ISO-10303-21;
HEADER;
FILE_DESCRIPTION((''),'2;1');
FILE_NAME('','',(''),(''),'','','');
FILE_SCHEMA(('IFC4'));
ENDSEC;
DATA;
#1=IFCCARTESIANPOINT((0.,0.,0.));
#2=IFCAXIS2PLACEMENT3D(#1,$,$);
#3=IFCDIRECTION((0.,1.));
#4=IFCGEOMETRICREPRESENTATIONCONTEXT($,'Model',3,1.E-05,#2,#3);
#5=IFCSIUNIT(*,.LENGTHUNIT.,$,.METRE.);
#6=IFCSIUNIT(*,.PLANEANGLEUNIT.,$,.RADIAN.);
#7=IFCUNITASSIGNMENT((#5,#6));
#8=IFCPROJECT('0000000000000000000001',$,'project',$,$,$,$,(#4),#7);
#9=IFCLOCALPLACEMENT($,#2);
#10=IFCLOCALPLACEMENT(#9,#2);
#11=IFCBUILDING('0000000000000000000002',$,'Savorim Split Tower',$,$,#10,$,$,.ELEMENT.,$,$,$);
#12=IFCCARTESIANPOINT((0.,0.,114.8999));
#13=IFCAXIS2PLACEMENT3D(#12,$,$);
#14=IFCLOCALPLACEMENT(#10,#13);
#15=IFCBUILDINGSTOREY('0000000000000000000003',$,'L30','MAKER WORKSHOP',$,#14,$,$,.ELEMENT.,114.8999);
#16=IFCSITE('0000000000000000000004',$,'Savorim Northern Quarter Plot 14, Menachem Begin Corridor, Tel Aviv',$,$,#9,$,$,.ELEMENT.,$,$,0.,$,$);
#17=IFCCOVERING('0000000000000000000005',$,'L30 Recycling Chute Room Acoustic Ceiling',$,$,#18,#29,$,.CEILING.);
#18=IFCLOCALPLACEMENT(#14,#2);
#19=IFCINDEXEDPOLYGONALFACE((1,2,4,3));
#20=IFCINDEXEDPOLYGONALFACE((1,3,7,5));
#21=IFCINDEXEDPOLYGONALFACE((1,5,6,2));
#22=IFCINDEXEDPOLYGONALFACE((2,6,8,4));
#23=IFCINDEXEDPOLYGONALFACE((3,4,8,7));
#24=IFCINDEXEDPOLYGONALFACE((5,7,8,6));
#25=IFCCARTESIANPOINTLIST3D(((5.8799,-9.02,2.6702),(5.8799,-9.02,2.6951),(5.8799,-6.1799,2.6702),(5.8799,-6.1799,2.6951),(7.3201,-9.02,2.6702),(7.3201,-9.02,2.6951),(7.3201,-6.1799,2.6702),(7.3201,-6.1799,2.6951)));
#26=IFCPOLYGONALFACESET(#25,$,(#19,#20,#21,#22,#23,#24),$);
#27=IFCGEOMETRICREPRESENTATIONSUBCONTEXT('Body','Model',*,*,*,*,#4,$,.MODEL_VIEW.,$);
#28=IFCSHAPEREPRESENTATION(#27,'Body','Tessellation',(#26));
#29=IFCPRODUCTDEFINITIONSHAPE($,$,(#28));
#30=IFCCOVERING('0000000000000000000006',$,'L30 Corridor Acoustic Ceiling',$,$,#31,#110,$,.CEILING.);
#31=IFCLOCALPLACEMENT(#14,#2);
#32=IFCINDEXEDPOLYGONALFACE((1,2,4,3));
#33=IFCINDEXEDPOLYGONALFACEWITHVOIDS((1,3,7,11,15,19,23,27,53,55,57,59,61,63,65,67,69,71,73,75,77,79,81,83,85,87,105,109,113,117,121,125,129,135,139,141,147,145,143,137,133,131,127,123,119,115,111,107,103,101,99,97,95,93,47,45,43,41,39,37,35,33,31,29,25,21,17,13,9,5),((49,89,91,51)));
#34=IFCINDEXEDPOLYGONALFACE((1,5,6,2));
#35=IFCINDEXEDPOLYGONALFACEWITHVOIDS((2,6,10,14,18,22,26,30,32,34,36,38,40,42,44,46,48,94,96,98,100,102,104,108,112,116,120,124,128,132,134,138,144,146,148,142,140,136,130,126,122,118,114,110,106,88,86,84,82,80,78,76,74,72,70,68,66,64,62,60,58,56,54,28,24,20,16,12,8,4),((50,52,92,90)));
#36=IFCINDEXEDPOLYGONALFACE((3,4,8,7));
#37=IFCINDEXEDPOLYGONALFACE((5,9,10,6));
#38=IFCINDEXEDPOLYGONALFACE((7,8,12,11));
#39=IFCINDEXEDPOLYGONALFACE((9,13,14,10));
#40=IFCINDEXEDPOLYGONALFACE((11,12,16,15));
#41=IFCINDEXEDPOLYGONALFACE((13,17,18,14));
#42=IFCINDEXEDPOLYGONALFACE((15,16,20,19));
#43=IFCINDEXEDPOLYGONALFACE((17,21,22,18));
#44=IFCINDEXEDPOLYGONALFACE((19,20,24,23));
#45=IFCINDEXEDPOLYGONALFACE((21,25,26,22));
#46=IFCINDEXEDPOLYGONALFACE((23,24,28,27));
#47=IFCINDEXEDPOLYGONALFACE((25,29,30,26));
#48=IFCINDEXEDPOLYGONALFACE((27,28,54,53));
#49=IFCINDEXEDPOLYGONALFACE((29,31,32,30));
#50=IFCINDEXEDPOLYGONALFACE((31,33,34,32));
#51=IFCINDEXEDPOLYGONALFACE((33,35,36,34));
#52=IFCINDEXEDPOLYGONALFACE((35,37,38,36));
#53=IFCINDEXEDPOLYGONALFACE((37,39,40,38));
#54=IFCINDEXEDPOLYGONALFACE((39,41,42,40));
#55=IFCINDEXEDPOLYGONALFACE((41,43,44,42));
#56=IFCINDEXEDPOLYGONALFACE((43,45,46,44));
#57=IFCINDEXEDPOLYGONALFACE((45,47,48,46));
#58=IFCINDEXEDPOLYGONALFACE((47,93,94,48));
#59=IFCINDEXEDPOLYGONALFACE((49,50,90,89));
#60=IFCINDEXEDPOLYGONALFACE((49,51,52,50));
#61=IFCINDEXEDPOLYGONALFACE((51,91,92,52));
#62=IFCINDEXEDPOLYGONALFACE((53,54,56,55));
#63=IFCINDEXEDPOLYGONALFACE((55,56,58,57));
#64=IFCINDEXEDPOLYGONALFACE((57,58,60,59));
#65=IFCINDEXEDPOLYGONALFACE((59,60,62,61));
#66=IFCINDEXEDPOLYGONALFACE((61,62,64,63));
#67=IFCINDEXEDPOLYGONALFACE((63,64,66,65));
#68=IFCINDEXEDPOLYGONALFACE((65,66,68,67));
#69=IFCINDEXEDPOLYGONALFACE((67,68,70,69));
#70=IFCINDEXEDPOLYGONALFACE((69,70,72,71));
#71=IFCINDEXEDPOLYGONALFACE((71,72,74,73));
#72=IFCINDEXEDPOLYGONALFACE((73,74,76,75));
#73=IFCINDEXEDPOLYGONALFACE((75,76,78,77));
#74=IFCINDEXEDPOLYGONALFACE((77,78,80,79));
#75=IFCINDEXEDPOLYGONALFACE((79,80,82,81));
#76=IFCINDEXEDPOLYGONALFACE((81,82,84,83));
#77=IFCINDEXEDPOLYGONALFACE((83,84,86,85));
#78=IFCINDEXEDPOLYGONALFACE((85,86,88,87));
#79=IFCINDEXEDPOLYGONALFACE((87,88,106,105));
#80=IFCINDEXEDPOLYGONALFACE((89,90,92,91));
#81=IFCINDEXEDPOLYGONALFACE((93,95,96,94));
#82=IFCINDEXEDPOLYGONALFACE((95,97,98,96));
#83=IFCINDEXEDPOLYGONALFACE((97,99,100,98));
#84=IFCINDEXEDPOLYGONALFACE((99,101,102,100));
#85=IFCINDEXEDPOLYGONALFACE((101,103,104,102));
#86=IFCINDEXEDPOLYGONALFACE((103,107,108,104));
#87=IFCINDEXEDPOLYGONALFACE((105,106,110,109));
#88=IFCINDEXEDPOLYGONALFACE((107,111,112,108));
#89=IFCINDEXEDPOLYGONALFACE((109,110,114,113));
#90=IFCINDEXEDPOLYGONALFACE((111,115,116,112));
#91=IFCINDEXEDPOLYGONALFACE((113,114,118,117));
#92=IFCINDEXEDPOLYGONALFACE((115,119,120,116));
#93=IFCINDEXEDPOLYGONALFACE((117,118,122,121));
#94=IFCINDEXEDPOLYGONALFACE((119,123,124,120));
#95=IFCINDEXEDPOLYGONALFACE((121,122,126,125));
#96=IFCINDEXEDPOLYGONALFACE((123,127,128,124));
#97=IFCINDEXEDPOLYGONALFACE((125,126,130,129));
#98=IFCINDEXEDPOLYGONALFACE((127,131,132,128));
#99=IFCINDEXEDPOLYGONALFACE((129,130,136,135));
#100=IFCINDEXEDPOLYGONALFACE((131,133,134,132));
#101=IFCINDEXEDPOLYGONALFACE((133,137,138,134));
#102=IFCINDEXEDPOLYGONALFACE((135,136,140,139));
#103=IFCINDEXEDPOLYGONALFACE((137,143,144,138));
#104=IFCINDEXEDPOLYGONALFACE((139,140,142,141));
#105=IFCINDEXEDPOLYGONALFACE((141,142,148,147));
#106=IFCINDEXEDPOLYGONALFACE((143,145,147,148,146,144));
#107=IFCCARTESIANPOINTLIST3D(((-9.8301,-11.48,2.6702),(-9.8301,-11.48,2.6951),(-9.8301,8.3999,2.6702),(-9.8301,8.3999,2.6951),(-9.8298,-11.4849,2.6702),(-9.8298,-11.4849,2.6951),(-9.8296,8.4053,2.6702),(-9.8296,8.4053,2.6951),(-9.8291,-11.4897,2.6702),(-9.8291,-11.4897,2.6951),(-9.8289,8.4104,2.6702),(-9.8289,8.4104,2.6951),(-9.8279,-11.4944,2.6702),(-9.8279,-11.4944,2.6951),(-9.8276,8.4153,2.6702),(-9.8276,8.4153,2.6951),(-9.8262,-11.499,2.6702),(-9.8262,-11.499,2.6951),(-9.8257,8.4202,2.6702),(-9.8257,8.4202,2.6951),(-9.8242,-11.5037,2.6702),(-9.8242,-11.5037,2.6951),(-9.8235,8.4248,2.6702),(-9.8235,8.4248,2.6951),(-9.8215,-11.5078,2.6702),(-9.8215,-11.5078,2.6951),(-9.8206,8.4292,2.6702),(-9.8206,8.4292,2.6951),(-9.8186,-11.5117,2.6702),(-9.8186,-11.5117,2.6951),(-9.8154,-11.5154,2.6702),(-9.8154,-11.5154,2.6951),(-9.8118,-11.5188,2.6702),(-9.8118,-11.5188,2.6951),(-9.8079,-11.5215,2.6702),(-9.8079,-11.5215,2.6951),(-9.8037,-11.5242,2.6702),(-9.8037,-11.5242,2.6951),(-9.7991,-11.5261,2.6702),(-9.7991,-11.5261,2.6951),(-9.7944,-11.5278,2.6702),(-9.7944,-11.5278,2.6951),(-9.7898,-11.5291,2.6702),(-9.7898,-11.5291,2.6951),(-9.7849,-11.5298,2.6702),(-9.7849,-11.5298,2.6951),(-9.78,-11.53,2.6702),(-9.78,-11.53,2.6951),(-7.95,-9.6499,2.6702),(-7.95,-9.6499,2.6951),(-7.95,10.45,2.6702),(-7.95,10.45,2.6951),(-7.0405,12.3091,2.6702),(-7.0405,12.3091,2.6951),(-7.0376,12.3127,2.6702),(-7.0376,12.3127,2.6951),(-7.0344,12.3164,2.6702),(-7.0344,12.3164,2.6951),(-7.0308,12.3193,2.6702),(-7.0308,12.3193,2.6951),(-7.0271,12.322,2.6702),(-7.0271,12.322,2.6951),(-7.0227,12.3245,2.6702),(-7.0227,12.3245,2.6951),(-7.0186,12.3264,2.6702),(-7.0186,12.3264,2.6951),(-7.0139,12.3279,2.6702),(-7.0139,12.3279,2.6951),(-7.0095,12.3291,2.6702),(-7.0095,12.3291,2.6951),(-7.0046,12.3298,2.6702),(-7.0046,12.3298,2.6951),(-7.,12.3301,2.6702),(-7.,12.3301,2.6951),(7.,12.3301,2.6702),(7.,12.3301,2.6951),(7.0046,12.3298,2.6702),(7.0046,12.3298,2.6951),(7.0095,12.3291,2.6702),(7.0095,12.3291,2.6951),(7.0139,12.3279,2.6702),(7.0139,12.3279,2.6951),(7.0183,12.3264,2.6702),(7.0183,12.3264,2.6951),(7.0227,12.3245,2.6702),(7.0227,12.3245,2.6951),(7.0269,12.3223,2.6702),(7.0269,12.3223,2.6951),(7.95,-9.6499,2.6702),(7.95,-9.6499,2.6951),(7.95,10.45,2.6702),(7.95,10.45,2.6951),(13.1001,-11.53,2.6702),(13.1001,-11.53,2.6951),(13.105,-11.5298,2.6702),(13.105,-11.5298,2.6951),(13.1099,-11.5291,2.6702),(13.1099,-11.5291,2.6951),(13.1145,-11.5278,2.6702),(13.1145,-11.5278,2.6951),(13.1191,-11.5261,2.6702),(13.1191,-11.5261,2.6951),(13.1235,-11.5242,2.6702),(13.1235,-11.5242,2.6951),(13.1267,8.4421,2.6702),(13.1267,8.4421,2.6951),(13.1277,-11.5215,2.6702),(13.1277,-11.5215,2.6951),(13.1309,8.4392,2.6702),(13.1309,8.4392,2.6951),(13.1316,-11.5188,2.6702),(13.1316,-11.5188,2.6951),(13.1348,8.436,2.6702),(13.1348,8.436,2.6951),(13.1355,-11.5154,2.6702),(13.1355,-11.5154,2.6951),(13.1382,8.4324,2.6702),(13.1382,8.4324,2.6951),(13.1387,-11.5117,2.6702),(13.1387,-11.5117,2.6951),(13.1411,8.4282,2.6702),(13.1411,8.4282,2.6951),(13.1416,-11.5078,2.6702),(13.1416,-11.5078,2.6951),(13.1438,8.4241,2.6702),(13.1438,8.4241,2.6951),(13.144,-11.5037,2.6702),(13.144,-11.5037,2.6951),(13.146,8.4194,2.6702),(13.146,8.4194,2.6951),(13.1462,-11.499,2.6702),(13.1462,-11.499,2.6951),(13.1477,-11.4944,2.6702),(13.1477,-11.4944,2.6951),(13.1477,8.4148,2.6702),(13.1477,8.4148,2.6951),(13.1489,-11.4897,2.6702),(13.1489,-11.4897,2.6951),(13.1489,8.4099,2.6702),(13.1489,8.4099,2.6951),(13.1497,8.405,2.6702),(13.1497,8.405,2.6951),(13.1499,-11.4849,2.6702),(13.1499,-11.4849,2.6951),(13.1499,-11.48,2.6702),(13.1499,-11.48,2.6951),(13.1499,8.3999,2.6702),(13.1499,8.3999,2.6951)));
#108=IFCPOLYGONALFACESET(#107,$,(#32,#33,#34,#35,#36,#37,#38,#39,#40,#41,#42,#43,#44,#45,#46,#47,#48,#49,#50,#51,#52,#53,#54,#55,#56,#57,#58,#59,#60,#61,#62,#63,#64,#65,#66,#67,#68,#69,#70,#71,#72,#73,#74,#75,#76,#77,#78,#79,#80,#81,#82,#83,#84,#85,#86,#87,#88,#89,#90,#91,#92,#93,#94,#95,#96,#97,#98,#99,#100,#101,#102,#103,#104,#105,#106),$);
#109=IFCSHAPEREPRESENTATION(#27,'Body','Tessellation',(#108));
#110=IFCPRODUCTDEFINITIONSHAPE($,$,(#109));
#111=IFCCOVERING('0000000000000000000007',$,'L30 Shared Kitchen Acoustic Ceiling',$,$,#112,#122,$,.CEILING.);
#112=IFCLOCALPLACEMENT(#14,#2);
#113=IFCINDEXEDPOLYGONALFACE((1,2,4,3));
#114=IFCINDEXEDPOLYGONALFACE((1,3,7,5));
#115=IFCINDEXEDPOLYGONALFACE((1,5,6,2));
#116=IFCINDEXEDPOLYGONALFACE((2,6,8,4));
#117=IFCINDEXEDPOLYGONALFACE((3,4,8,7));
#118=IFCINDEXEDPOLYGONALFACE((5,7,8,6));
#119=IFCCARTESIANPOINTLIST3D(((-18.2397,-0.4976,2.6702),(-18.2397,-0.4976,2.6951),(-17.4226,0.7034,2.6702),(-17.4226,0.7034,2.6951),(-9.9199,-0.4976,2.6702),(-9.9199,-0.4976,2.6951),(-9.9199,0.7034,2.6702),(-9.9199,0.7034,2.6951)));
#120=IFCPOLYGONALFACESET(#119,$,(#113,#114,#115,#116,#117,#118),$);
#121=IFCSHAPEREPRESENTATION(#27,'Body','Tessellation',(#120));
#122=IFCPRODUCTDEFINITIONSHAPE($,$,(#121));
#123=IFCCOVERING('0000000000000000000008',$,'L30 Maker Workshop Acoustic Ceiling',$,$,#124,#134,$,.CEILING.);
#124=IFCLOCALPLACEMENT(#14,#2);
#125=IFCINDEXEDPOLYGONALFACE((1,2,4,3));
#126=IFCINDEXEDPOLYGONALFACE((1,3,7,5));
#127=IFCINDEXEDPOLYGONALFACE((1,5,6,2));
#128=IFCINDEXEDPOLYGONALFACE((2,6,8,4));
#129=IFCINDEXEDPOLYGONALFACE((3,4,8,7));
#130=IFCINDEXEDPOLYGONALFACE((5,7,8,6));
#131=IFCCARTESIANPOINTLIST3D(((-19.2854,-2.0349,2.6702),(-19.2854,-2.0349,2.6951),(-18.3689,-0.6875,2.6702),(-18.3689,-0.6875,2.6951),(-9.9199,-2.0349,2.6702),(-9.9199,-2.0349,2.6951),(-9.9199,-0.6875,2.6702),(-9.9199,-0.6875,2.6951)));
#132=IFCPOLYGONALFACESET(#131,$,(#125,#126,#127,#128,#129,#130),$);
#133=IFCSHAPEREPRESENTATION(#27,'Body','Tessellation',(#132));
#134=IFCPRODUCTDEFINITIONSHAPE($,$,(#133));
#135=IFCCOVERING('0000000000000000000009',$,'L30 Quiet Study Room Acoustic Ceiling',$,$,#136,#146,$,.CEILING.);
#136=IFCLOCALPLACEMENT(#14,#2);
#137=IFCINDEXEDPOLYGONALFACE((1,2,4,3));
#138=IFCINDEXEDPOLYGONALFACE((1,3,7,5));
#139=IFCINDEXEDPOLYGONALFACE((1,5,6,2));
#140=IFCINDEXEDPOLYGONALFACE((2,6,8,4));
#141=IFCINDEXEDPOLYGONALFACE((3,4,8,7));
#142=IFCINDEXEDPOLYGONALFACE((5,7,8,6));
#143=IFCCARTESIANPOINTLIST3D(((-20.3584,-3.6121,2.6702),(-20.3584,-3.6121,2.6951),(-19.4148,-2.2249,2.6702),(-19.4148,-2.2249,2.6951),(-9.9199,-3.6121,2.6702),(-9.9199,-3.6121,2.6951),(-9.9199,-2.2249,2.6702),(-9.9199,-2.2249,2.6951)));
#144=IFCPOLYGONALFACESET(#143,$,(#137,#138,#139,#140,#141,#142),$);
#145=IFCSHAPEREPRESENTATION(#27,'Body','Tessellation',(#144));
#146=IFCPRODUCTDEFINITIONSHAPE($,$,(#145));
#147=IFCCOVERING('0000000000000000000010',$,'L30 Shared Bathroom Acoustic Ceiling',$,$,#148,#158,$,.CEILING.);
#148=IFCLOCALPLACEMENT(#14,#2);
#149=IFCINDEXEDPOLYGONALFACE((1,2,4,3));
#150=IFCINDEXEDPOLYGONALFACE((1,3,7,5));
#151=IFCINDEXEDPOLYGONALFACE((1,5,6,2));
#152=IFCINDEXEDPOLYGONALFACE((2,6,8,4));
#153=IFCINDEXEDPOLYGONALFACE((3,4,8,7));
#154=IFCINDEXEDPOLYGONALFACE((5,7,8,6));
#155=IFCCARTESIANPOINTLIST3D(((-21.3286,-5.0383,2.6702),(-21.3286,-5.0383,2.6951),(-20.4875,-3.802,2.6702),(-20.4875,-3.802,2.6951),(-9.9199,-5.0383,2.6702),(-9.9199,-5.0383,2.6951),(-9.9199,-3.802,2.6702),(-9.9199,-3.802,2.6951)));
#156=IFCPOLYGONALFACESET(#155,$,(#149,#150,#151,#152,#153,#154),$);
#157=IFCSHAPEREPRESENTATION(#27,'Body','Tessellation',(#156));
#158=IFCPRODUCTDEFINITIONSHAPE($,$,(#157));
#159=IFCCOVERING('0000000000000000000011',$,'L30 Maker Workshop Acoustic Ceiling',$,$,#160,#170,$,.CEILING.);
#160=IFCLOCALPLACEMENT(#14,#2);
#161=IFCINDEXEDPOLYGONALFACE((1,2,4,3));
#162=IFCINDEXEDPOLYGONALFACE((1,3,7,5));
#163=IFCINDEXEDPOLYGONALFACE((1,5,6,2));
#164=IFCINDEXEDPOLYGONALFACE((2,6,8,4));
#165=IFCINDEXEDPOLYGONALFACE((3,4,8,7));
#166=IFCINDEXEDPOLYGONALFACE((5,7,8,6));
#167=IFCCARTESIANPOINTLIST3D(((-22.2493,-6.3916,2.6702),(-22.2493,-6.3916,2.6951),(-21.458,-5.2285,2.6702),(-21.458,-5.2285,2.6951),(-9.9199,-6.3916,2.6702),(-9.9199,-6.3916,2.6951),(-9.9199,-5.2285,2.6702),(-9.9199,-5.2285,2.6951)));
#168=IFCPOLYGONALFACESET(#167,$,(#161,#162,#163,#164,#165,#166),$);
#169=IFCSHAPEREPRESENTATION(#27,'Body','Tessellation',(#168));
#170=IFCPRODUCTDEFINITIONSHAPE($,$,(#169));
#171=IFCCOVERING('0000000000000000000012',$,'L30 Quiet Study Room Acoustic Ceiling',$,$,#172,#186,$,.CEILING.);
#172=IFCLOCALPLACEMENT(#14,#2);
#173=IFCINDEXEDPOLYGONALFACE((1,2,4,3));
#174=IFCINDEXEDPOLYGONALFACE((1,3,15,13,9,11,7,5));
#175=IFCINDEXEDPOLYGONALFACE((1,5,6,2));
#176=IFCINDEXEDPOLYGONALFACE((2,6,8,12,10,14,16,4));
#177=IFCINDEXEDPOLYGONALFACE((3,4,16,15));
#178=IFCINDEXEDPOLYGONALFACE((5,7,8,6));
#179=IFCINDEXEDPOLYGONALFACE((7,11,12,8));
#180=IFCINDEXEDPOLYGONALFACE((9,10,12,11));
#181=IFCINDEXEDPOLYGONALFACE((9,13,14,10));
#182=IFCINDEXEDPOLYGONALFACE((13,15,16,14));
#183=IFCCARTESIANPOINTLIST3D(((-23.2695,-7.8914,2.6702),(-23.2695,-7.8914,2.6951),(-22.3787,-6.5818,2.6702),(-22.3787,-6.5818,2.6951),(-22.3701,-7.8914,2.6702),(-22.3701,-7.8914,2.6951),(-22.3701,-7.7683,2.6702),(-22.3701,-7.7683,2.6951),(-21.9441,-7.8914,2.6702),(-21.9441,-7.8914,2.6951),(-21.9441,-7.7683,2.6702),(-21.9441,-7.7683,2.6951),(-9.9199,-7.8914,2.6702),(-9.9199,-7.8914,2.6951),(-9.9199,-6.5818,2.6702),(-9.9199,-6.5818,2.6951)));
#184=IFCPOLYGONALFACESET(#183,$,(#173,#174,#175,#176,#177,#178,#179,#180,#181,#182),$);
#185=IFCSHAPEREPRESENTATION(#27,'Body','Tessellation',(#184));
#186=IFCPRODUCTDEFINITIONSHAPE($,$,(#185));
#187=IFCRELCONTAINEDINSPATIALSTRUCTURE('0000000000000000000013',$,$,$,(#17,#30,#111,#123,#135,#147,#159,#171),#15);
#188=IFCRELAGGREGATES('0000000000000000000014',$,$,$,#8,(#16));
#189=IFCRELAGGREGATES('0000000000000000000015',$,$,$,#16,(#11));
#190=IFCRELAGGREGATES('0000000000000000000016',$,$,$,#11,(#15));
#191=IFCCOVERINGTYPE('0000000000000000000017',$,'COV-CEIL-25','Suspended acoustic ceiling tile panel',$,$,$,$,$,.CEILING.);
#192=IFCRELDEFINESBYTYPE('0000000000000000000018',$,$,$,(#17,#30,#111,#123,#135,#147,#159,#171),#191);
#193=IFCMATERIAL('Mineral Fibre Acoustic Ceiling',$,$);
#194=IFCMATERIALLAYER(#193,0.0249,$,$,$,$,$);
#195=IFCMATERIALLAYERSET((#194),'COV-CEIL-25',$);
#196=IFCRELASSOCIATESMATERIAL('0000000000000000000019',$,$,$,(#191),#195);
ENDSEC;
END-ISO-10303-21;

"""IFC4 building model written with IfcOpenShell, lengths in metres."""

from ifc_helpers import new_model, si_unit, direction, frame, origin, place, context, subcontext, project, spatial, polyline, outline, extrude, material, layer, layer_set, type_object, element, save


model = new_model("IFC4")

# Units and contexts
model_context = context("Model", 3, precision=1e-05, world=origin(), true_north=direction((0.0, 1.0)))
body_context = subcontext(model_context, "Body", "Model", "MODEL_VIEW")
ifc_project = project(units=[si_unit("LENGTHUNIT", "METRE"), si_unit("PLANEANGLEUNIT", "RADIAN")], contexts=[model_context])

# Site, building, storey
site_placement = place(None, origin())
site = spatial("IfcSite", under=ifc_project, at=site_placement, Name="Savorim Northern Quarter Plot 14, Menachem Begin Corridor, Tel Aviv", CompositionType="ELEMENT", RefElevation=0.0)
building_placement = place(site_placement, origin())
building = spatial("IfcBuilding", under=site, at=building_placement, Name="Savorim Split Tower", CompositionType="ELEMENT")
storey_placement = place(building_placement, frame((0.0, 0.0, 114.8999)))
storey = spatial("IfcBuildingStorey", under=building, at=storey_placement, Name="L30", Description="MAKER WORKSHOP", CompositionType="ELEMENT", Elevation=114.8999)

# Coverings
ifc_material_1 = material(Name="Mineral Fibre Acoustic Ceiling")
ifc_layer_1 = layer(ifc_material_1, 0.0249)
ifc_layer_set_1 = layer_set([ifc_layer_1], Name="COV-CEIL-25")
covering_type_1 = type_object("IfcCoveringType", Name="COV-CEIL-25", Description="Suspended acoustic ceiling tile panel", PredefinedType="CEILING", material=ifc_layer_set_1)
covering_1_placement = place(storey_placement, frame((0.0, 0.0, 2.6702)))
element("IfcCovering", 1, at=covering_1_placement, inside=storey, type_object=covering_type_1, Name="L30 Recycling Chute Room Acoustic Ceiling", PredefinedType="CEILING", context=body_context, shape_type="SweptSolid", body=[
    extrude(outline(polyline([(5.8799, -6.1799), (5.8799, -9.02), (7.3201, -9.02), (7.3201, -6.1799), (5.8799, -6.1799)])), origin(), (0.0, 0.0, 1.0), 0.0249),
])
covering_2_placement = place(storey_placement, frame((0.0, 0.0, 2.6702)))
element("IfcCovering", 2, at=covering_2_placement, inside=storey, type_object=covering_type_1, Name="L30 Corridor Acoustic Ceiling", PredefinedType="CEILING", context=body_context, shape_type="SweptSolid", body=[
    extrude(outline(polyline([(7.0095, 12.3291), (7.0046, 12.3298), (7.0, 12.3301), (-7.0, 12.3301), (-7.0046, 12.3298), (-7.0095, 12.3291), (-7.0139, 12.3279), (-7.0186, 12.3264), (-7.0227, 12.3245), (-7.0271, 12.322), (-7.0308, 12.3193), (-7.0344, 12.3164), (-7.0376, 12.3127), (-7.0405, 12.3091), (-9.8206, 8.4292), (-9.8235, 8.4248), (-9.8257, 8.4202), (-9.8276, 8.4153), (-9.8289, 8.4104), (-9.8296, 8.4053), (-9.8301, 8.3999), (-9.8301, -11.48), (-9.8298, -11.4849), (-9.8291, -11.4897), (-9.8279, -11.4944), (-9.8262, -11.499), (-9.8242, -11.5037), (-9.8215, -11.5078), (-9.8186, -11.5117), (-9.8154, -11.5154), (-9.8118, -11.5188), (-9.8079, -11.5215), (-9.8037, -11.5242), (-9.7991, -11.5261), (-9.7944, -11.5278), (-9.7898, -11.5291), (-9.7849, -11.5298), (-9.78, -11.53), (13.1001, -11.53), (13.105, -11.5298), (13.1099, -11.5291), (13.1145, -11.5278), (13.1191, -11.5261), (13.1235, -11.5242), (13.1277, -11.5215), (13.1316, -11.5188), (13.1355, -11.5154), (13.1387, -11.5117), (13.1416, -11.5078), (13.144, -11.5037), (13.1462, -11.499), (13.1477, -11.4944), (13.1489, -11.4897), (13.1499, -11.4849), (13.1499, -11.48), (13.1499, 8.3999), (13.1497, 8.405), (13.1489, 8.4099), (13.1477, 8.4148), (13.146, 8.4194), (13.1438, 8.4241), (13.1411, 8.4282), (13.1382, 8.4324), (13.1348, 8.436), (13.1309, 8.4392), (13.1267, 8.4421), (7.0269, 12.3223), (7.0227, 12.3245), (7.0183, 12.3264), (7.0139, 12.3279), (7.0095, 12.3291)]), holes=[polyline([(-7.95, 10.45), (-7.95, -9.6499), (7.95, -9.6499), (7.95, 10.45), (-7.95, 10.45)])]), origin(), (0.0, 0.0, 1.0), 0.0249),
])
covering_3_placement = place(storey_placement, frame((0.0, 0.0, 2.6702)))
element("IfcCovering", 3, at=covering_3_placement, inside=storey, type_object=covering_type_1, Name="L30 Shared Kitchen Acoustic Ceiling", PredefinedType="CEILING", context=body_context, shape_type="SweptSolid", body=[
    extrude(outline(polyline([(-17.4226, 0.7034), (-18.2397, -0.4976), (-9.9199, -0.4976), (-9.9199, 0.7034), (-17.4226, 0.7034)])), origin(), (0.0, 0.0, 1.0), 0.0249),
])
covering_4_placement = place(storey_placement, frame((0.0, 0.0, 2.6702)))
element("IfcCovering", 4, at=covering_4_placement, inside=storey, type_object=covering_type_1, Name="L30 Maker Workshop Acoustic Ceiling", PredefinedType="CEILING", context=body_context, shape_type="SweptSolid", body=[
    extrude(outline(polyline([(-18.3689, -0.6875), (-19.2854, -2.0349), (-9.9199, -2.0349), (-9.9199, -0.6875), (-18.3689, -0.6875)])), origin(), (0.0, 0.0, 1.0), 0.0249),
])
covering_5_placement = place(storey_placement, frame((0.0, 0.0, 2.6702)))
element("IfcCovering", 5, at=covering_5_placement, inside=storey, type_object=covering_type_1, Name="L30 Quiet Study Room Acoustic Ceiling", PredefinedType="CEILING", context=body_context, shape_type="SweptSolid", body=[
    extrude(outline(polyline([(-19.4148, -2.2249), (-20.3584, -3.6121), (-9.9199, -3.6121), (-9.9199, -2.2249), (-19.4148, -2.2249)])), origin(), (0.0, 0.0, 1.0), 0.0249),
])
covering_6_placement = place(storey_placement, frame((0.0, 0.0, 2.6702)))
element("IfcCovering", 6, at=covering_6_placement, inside=storey, type_object=covering_type_1, Name="L30 Shared Bathroom Acoustic Ceiling", PredefinedType="CEILING", context=body_context, shape_type="SweptSolid", body=[
    extrude(outline(polyline([(-20.4875, -3.802), (-21.3286, -5.0383), (-9.9199, -5.0383), (-9.9199, -3.802), (-20.4875, -3.802)])), origin(), (0.0, 0.0, 1.0), 0.0249),
])
covering_7_placement = place(storey_placement, frame((0.0, 0.0, 2.6702)))
element("IfcCovering", 7, at=covering_7_placement, inside=storey, type_object=covering_type_1, Name="L30 Maker Workshop Acoustic Ceiling", PredefinedType="CEILING", context=body_context, shape_type="SweptSolid", body=[
    extrude(outline(polyline([(-21.458, -5.2285), (-22.2493, -6.3916), (-9.9199, -6.3916), (-9.9199, -5.2285), (-21.458, -5.2285)])), origin(), (0.0, 0.0, 1.0), 0.0249),
])
covering_8_placement = place(storey_placement, frame((0.0, 0.0, 2.6702)))
element("IfcCovering", 8, at=covering_8_placement, inside=storey, type_object=covering_type_1, Name="L30 Quiet Study Room Acoustic Ceiling", PredefinedType="CEILING", context=body_context, shape_type="SweptSolid", body=[
    extrude(outline(polyline([(-21.9441, -7.7683), (-21.9441, -7.8914), (-9.9199, -7.8914), (-9.9199, -6.5818), (-22.3787, -6.5818), (-23.2695, -7.8914), (-22.3701, -7.8914), (-22.3701, -7.7683), (-21.9441, -7.7683)])), origin(), (0.0, 0.0, 1.0), 0.0249),
])

save(model, "model.ifc")
